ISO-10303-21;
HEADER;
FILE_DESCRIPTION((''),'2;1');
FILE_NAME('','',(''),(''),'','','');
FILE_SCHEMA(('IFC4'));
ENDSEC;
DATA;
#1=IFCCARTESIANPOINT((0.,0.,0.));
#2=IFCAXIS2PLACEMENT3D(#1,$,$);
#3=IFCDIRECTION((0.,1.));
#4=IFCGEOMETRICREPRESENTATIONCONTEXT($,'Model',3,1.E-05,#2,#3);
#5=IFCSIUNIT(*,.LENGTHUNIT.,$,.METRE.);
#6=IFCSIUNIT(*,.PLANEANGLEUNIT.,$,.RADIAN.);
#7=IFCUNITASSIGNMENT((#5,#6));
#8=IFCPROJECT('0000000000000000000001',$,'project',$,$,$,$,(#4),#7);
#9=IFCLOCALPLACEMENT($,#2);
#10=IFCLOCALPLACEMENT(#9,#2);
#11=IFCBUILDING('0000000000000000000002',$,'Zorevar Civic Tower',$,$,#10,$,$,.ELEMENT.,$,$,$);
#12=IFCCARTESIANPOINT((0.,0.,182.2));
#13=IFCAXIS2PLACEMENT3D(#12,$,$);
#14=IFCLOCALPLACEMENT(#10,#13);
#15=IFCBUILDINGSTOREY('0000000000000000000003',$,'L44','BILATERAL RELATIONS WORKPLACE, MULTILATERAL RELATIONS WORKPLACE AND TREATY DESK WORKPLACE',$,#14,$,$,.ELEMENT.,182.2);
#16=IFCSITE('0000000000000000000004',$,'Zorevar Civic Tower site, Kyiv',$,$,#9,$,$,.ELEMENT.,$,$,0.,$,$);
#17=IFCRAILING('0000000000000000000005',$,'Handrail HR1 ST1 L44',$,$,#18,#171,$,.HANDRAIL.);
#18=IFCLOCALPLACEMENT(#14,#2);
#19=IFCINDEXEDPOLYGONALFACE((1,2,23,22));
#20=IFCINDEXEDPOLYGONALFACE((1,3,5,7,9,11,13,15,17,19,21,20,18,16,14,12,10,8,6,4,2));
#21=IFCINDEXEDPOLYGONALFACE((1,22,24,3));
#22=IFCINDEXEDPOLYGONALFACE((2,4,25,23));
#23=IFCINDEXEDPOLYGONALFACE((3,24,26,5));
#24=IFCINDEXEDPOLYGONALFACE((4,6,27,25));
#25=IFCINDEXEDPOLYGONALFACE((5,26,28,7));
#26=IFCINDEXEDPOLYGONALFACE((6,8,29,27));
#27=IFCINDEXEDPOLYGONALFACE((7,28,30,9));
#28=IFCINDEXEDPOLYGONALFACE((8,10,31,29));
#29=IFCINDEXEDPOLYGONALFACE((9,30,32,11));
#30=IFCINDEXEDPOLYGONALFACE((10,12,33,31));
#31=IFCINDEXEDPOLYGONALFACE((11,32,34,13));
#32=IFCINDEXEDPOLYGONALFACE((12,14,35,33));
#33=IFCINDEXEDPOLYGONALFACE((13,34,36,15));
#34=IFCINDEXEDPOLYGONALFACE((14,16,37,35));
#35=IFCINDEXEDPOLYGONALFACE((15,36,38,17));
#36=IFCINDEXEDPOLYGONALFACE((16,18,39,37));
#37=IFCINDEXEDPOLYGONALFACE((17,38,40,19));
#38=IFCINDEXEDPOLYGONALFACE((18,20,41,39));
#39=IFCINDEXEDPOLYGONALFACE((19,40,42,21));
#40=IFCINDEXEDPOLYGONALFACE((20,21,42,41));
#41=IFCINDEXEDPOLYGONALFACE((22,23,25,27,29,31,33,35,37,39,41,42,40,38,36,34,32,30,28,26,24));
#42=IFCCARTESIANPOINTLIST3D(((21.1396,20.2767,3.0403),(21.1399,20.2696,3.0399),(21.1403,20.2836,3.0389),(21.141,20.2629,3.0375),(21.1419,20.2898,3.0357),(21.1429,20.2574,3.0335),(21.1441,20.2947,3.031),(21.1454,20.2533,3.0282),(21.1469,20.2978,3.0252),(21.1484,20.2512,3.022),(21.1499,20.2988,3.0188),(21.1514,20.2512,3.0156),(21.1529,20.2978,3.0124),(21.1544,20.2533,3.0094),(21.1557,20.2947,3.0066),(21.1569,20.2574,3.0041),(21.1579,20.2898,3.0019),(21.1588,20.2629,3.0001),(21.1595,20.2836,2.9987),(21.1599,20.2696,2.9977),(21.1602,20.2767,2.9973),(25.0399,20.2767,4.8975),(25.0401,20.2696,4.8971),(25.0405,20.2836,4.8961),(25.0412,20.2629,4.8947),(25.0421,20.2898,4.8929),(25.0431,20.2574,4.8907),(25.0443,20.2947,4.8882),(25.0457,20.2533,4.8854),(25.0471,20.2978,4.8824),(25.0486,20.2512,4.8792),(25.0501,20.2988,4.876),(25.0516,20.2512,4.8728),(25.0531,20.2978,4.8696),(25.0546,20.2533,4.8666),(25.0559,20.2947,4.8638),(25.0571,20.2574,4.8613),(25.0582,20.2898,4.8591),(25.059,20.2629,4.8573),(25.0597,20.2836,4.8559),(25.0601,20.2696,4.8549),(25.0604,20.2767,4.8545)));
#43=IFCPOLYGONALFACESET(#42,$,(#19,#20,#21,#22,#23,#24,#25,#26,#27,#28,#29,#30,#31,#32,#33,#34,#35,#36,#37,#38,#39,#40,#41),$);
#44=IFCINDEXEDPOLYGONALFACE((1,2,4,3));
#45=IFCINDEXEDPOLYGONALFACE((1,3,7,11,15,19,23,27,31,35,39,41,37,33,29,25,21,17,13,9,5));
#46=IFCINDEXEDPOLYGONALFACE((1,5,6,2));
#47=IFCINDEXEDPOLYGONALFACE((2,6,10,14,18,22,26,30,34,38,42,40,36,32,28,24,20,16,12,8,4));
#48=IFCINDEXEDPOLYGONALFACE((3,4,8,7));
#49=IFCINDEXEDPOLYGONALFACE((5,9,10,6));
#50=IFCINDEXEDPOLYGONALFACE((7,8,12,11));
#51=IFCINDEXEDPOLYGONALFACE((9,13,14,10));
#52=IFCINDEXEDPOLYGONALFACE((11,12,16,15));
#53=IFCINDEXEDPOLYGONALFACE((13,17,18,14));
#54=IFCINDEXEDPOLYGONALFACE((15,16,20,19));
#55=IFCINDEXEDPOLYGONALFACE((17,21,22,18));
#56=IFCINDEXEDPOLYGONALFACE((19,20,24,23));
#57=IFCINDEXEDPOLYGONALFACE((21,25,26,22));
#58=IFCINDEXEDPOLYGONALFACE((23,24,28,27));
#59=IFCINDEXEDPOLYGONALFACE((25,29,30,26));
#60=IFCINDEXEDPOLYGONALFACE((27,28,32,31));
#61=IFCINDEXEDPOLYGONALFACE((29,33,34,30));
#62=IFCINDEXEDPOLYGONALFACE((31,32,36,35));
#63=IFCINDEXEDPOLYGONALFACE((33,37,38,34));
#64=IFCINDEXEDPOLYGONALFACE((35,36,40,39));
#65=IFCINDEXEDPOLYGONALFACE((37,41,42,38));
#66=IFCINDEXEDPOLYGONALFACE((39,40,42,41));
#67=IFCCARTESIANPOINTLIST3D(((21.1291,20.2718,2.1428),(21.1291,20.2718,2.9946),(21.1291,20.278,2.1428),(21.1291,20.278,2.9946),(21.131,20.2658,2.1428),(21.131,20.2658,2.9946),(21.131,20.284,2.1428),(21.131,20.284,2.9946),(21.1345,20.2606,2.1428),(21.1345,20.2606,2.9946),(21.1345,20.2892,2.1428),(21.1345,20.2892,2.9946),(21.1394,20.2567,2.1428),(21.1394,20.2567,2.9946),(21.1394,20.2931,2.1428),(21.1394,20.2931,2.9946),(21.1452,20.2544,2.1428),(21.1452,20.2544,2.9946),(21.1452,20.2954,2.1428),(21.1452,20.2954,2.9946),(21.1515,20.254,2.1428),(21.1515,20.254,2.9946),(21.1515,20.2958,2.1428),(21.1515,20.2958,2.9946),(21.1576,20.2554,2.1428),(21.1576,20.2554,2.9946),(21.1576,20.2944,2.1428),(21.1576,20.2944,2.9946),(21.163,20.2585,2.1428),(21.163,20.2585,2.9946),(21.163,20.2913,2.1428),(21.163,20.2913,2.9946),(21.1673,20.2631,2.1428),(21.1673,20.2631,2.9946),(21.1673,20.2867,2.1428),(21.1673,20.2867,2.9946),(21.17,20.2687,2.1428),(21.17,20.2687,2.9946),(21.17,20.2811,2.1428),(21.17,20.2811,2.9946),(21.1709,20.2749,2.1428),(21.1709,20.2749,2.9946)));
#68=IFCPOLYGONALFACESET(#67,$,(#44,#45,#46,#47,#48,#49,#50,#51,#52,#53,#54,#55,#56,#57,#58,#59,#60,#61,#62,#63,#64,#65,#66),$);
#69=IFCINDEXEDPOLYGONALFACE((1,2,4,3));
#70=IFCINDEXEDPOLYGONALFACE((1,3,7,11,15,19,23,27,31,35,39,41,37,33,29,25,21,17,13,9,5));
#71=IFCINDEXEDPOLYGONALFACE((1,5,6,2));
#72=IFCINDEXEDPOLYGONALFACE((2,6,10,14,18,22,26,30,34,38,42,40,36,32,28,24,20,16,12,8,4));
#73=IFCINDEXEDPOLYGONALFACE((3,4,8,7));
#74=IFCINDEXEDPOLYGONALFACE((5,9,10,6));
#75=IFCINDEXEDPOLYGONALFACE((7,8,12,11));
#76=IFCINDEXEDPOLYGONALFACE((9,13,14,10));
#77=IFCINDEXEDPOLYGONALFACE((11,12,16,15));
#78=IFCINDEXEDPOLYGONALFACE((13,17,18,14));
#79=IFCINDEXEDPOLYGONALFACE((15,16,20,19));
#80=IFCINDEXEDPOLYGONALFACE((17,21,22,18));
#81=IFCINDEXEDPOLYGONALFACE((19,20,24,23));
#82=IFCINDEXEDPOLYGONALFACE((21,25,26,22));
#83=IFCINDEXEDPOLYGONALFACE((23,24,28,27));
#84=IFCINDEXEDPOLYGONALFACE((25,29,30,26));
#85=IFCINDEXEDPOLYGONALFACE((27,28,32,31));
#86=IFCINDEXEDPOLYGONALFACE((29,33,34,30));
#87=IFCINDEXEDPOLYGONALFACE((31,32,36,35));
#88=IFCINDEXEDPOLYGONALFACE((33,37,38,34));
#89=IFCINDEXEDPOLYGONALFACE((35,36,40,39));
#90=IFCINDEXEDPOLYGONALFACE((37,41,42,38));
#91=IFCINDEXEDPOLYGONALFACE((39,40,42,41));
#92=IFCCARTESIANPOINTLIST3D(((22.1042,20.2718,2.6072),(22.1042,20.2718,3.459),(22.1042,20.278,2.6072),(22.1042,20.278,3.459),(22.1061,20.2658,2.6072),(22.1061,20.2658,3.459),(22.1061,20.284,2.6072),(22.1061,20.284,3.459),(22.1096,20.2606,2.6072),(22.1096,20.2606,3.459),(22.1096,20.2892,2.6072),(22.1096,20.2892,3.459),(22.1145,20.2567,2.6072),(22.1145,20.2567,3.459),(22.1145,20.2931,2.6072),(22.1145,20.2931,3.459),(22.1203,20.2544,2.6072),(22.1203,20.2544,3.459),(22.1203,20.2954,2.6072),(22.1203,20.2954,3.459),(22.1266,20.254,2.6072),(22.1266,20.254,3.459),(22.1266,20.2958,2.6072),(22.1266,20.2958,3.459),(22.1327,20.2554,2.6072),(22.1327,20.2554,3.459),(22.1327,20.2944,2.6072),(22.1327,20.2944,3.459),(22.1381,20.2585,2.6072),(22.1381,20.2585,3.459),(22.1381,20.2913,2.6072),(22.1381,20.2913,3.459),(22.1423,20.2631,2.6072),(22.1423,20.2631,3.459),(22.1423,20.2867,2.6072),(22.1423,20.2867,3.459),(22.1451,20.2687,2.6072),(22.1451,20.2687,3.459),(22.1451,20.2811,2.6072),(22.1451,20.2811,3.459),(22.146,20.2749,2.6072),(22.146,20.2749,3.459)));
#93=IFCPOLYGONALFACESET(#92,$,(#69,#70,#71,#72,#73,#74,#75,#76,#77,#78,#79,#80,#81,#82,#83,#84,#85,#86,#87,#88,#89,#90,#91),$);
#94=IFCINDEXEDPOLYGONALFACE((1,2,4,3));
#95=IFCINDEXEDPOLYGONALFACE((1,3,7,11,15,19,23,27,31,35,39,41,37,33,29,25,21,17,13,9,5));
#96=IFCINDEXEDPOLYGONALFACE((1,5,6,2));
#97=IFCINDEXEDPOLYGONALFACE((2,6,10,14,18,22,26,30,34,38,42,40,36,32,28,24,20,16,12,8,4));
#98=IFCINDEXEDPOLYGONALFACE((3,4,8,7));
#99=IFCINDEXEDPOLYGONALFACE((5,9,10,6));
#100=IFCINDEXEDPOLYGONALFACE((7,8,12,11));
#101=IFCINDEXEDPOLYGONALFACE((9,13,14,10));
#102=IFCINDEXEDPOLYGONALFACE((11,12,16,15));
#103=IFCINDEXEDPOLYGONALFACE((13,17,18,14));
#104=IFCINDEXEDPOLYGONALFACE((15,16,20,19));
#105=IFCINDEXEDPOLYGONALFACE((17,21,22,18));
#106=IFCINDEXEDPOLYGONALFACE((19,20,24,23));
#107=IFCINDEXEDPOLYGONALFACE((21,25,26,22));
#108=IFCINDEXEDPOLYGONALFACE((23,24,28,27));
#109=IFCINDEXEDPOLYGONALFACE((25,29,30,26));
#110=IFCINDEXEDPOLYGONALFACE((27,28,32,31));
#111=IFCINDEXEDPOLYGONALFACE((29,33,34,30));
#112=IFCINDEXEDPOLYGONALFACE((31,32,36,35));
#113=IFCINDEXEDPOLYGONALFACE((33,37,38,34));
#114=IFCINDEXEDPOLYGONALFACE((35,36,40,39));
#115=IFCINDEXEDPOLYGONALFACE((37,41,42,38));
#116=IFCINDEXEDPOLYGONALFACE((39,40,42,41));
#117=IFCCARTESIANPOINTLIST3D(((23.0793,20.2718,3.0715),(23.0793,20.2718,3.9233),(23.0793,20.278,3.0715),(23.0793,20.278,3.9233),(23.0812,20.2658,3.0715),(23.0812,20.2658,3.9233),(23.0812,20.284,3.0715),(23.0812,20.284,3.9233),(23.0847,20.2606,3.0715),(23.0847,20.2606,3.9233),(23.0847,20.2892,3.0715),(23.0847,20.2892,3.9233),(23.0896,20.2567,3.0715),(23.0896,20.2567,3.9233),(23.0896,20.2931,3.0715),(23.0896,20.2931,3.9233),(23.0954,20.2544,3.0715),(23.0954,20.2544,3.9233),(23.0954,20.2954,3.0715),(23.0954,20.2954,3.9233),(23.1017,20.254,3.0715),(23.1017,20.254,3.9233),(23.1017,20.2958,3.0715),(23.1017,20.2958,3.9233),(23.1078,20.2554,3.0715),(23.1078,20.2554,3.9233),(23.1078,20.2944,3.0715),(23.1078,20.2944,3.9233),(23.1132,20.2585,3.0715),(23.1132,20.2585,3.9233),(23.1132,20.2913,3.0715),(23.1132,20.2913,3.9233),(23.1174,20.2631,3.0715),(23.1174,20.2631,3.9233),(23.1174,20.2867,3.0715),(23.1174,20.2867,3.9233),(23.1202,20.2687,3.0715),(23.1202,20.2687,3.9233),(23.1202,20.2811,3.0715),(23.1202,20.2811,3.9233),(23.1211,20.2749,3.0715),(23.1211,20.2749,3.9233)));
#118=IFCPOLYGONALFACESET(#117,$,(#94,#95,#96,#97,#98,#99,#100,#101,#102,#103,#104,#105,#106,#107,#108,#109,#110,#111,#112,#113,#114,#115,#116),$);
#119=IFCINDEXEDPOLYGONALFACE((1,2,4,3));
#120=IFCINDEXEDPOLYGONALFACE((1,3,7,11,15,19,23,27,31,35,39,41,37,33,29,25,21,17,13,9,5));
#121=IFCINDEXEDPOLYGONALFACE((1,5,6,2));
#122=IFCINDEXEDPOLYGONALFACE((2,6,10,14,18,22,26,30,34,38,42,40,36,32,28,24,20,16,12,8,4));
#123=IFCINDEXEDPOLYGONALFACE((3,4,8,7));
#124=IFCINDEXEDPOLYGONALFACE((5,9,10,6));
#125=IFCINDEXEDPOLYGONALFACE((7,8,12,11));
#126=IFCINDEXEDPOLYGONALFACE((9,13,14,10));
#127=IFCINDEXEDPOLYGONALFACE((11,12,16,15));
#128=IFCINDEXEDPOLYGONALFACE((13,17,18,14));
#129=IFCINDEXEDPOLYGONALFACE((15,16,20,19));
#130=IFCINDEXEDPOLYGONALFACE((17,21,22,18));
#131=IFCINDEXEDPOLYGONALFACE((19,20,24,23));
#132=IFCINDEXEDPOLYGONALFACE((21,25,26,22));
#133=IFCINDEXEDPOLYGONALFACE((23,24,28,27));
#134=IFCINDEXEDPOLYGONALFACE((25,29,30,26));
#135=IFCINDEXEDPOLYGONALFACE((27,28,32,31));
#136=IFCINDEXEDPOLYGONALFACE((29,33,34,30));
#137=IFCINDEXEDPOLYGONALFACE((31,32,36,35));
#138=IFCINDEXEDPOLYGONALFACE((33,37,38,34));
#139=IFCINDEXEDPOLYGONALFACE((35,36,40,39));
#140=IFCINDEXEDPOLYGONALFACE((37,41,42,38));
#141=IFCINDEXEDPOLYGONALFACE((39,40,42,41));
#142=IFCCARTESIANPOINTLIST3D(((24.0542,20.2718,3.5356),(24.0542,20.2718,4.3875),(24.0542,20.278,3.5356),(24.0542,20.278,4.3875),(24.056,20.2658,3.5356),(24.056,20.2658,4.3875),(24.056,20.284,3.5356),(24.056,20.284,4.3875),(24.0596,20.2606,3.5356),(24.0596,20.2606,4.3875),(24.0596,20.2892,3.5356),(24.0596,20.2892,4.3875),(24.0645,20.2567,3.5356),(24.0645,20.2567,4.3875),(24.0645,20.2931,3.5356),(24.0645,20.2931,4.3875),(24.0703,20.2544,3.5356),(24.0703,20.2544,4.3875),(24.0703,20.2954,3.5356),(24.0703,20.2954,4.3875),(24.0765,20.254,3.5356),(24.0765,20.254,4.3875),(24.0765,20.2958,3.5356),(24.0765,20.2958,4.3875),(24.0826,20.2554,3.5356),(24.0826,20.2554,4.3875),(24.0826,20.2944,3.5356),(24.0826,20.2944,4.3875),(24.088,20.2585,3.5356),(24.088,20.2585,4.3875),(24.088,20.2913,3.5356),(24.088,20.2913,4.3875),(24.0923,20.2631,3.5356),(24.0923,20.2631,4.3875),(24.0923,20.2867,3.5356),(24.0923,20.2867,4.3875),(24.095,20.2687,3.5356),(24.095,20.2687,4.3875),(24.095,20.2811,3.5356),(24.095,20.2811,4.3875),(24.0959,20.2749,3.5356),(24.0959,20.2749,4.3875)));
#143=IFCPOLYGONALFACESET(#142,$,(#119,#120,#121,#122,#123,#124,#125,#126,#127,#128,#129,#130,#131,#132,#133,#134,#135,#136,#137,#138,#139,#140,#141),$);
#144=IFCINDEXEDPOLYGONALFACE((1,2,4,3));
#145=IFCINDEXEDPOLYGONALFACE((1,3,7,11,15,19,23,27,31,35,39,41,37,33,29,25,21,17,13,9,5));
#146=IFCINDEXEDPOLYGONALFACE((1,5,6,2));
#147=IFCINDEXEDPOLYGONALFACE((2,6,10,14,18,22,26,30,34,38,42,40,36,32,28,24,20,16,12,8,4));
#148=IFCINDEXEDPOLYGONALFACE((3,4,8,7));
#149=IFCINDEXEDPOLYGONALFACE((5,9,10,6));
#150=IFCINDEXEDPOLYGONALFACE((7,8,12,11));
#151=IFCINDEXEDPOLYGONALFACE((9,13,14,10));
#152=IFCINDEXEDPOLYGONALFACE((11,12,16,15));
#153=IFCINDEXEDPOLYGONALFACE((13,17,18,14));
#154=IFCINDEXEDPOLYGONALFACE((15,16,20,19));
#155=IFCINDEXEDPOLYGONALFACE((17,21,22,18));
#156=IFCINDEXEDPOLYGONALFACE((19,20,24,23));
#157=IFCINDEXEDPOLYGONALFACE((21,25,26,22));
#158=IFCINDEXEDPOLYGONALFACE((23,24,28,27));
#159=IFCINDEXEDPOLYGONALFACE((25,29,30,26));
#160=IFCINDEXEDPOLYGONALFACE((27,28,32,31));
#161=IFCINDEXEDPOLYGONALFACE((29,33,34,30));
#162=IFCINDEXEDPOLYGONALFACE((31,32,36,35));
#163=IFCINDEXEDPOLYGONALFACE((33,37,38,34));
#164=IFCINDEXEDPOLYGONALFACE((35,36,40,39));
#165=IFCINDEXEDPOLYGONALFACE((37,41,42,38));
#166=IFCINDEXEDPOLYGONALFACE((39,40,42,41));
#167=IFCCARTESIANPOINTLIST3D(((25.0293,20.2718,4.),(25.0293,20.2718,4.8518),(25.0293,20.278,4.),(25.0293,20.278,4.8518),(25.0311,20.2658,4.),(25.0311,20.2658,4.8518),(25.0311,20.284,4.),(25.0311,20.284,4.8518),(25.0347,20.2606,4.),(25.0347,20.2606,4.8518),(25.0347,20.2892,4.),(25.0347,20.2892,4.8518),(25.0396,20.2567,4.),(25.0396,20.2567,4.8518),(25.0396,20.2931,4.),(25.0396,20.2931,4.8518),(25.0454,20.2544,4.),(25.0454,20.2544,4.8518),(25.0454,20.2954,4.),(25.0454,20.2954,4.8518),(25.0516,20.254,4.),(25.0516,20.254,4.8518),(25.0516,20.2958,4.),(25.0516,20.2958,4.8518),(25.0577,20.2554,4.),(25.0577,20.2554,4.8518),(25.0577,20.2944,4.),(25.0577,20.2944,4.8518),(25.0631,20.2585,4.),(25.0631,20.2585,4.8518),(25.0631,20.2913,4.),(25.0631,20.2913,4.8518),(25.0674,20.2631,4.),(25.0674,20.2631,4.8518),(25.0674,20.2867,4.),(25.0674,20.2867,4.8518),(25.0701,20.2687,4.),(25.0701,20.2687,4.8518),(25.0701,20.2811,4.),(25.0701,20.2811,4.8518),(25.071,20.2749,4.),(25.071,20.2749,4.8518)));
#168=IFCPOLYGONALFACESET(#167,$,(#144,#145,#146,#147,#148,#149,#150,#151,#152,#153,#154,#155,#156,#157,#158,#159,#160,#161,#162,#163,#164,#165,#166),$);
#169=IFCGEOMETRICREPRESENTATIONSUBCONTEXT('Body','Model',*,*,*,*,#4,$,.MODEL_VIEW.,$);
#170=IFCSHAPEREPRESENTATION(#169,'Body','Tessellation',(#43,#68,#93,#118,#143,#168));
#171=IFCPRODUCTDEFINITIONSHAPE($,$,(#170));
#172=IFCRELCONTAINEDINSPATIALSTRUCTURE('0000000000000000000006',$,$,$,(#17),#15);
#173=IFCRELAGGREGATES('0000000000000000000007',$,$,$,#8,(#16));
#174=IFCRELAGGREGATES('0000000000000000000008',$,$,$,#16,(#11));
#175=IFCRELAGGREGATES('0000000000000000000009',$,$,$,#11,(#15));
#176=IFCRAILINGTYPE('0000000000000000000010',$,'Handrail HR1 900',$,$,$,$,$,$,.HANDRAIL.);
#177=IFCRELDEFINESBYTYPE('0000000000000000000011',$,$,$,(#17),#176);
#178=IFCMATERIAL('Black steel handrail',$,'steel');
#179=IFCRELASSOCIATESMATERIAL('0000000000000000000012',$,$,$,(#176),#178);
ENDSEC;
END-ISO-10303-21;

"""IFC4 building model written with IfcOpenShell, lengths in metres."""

from ifc_helpers import new_model, si_unit, direction, frame, origin, origin_2d, place, context, subcontext, project, spatial, circle, extrude, material, type_object, element, save


model = new_model("IFC4")

# Units and contexts
model_context = context("Model", 3, precision=1e-05, world=origin(), true_north=direction((0.0, 1.0)))
body_context = subcontext(model_context, "Body", "Model", "MODEL_VIEW")
ifc_project = project(units=[si_unit("LENGTHUNIT", "METRE"), si_unit("PLANEANGLEUNIT", "RADIAN")], contexts=[model_context])

# Site, building, storey
site_placement = place(None, origin())
site = spatial("IfcSite", under=ifc_project, at=site_placement, Name="Zorevar Civic Tower site, Kyiv", CompositionType="ELEMENT", RefElevation=0.0)
building_placement = place(site_placement, origin())
building = spatial("IfcBuilding", under=site, at=building_placement, Name="Zorevar Civic Tower", CompositionType="ELEMENT")
storey_placement = place(building_placement, frame((0.0, 0.0, 182.2)))
storey = spatial("IfcBuildingStorey", under=building, at=storey_placement, Name="L44", Description="BILATERAL RELATIONS WORKPLACE, MULTILATERAL RELATIONS WORKPLACE AND TREATY DESK WORKPLACE", CompositionType="ELEMENT", Elevation=182.2)

# Railing
ifc_material_1 = material(Name="Black steel handrail", Category="steel")
railing_type = type_object("IfcRailingType", Name="Handrail HR1 900", PredefinedType="HANDRAIL", material=ifc_material_1)
for number, where, name in (
    (1, (21.1499, 20.2749, 2.1428), "Handrail HR1 ST1 L44"),
):
    element("IfcRailing", number, at=place(storey_placement, frame(where)), inside=storey, type_object=railing_type, Name=name, PredefinedType="HANDRAIL", context=body_context, shape_type="SweptSolid", body=[
        extrude(circle(Radius=0.0239, at=origin_2d()), frame((0.0, 0.0, 0.876), z_axis=(0.902864, 0.0, 0.429927), x_axis=(0.0, 1.0, 0.0)), (0.0, 0.0, 1.0), 4.3198),
        extrude(circle(Radius=0.021, at=origin_2d()), origin(), (0.0, 0.0, 1.0), 0.8518),
        extrude(circle(Radius=0.021, at=origin_2d()), frame((0.9751, 0.0, 0.4644)), (0.0, 0.0, 1.0), 0.8518),
        extrude(circle(Radius=0.021, at=origin_2d()), frame((1.9502, 0.0, 0.9287)), (0.0, 0.0, 1.0), 0.8518),
        extrude(circle(Radius=0.021, at=origin_2d()), frame((2.925, 0.0, 1.3928)), (0.0, 0.0, 1.0), 0.8518),
        extrude(circle(Radius=0.021, at=origin_2d()), frame((3.9001, 0.0, 1.8572)), (0.0, 0.0, 1.0), 0.8518),
    ])

save(model, "model.ifc")
